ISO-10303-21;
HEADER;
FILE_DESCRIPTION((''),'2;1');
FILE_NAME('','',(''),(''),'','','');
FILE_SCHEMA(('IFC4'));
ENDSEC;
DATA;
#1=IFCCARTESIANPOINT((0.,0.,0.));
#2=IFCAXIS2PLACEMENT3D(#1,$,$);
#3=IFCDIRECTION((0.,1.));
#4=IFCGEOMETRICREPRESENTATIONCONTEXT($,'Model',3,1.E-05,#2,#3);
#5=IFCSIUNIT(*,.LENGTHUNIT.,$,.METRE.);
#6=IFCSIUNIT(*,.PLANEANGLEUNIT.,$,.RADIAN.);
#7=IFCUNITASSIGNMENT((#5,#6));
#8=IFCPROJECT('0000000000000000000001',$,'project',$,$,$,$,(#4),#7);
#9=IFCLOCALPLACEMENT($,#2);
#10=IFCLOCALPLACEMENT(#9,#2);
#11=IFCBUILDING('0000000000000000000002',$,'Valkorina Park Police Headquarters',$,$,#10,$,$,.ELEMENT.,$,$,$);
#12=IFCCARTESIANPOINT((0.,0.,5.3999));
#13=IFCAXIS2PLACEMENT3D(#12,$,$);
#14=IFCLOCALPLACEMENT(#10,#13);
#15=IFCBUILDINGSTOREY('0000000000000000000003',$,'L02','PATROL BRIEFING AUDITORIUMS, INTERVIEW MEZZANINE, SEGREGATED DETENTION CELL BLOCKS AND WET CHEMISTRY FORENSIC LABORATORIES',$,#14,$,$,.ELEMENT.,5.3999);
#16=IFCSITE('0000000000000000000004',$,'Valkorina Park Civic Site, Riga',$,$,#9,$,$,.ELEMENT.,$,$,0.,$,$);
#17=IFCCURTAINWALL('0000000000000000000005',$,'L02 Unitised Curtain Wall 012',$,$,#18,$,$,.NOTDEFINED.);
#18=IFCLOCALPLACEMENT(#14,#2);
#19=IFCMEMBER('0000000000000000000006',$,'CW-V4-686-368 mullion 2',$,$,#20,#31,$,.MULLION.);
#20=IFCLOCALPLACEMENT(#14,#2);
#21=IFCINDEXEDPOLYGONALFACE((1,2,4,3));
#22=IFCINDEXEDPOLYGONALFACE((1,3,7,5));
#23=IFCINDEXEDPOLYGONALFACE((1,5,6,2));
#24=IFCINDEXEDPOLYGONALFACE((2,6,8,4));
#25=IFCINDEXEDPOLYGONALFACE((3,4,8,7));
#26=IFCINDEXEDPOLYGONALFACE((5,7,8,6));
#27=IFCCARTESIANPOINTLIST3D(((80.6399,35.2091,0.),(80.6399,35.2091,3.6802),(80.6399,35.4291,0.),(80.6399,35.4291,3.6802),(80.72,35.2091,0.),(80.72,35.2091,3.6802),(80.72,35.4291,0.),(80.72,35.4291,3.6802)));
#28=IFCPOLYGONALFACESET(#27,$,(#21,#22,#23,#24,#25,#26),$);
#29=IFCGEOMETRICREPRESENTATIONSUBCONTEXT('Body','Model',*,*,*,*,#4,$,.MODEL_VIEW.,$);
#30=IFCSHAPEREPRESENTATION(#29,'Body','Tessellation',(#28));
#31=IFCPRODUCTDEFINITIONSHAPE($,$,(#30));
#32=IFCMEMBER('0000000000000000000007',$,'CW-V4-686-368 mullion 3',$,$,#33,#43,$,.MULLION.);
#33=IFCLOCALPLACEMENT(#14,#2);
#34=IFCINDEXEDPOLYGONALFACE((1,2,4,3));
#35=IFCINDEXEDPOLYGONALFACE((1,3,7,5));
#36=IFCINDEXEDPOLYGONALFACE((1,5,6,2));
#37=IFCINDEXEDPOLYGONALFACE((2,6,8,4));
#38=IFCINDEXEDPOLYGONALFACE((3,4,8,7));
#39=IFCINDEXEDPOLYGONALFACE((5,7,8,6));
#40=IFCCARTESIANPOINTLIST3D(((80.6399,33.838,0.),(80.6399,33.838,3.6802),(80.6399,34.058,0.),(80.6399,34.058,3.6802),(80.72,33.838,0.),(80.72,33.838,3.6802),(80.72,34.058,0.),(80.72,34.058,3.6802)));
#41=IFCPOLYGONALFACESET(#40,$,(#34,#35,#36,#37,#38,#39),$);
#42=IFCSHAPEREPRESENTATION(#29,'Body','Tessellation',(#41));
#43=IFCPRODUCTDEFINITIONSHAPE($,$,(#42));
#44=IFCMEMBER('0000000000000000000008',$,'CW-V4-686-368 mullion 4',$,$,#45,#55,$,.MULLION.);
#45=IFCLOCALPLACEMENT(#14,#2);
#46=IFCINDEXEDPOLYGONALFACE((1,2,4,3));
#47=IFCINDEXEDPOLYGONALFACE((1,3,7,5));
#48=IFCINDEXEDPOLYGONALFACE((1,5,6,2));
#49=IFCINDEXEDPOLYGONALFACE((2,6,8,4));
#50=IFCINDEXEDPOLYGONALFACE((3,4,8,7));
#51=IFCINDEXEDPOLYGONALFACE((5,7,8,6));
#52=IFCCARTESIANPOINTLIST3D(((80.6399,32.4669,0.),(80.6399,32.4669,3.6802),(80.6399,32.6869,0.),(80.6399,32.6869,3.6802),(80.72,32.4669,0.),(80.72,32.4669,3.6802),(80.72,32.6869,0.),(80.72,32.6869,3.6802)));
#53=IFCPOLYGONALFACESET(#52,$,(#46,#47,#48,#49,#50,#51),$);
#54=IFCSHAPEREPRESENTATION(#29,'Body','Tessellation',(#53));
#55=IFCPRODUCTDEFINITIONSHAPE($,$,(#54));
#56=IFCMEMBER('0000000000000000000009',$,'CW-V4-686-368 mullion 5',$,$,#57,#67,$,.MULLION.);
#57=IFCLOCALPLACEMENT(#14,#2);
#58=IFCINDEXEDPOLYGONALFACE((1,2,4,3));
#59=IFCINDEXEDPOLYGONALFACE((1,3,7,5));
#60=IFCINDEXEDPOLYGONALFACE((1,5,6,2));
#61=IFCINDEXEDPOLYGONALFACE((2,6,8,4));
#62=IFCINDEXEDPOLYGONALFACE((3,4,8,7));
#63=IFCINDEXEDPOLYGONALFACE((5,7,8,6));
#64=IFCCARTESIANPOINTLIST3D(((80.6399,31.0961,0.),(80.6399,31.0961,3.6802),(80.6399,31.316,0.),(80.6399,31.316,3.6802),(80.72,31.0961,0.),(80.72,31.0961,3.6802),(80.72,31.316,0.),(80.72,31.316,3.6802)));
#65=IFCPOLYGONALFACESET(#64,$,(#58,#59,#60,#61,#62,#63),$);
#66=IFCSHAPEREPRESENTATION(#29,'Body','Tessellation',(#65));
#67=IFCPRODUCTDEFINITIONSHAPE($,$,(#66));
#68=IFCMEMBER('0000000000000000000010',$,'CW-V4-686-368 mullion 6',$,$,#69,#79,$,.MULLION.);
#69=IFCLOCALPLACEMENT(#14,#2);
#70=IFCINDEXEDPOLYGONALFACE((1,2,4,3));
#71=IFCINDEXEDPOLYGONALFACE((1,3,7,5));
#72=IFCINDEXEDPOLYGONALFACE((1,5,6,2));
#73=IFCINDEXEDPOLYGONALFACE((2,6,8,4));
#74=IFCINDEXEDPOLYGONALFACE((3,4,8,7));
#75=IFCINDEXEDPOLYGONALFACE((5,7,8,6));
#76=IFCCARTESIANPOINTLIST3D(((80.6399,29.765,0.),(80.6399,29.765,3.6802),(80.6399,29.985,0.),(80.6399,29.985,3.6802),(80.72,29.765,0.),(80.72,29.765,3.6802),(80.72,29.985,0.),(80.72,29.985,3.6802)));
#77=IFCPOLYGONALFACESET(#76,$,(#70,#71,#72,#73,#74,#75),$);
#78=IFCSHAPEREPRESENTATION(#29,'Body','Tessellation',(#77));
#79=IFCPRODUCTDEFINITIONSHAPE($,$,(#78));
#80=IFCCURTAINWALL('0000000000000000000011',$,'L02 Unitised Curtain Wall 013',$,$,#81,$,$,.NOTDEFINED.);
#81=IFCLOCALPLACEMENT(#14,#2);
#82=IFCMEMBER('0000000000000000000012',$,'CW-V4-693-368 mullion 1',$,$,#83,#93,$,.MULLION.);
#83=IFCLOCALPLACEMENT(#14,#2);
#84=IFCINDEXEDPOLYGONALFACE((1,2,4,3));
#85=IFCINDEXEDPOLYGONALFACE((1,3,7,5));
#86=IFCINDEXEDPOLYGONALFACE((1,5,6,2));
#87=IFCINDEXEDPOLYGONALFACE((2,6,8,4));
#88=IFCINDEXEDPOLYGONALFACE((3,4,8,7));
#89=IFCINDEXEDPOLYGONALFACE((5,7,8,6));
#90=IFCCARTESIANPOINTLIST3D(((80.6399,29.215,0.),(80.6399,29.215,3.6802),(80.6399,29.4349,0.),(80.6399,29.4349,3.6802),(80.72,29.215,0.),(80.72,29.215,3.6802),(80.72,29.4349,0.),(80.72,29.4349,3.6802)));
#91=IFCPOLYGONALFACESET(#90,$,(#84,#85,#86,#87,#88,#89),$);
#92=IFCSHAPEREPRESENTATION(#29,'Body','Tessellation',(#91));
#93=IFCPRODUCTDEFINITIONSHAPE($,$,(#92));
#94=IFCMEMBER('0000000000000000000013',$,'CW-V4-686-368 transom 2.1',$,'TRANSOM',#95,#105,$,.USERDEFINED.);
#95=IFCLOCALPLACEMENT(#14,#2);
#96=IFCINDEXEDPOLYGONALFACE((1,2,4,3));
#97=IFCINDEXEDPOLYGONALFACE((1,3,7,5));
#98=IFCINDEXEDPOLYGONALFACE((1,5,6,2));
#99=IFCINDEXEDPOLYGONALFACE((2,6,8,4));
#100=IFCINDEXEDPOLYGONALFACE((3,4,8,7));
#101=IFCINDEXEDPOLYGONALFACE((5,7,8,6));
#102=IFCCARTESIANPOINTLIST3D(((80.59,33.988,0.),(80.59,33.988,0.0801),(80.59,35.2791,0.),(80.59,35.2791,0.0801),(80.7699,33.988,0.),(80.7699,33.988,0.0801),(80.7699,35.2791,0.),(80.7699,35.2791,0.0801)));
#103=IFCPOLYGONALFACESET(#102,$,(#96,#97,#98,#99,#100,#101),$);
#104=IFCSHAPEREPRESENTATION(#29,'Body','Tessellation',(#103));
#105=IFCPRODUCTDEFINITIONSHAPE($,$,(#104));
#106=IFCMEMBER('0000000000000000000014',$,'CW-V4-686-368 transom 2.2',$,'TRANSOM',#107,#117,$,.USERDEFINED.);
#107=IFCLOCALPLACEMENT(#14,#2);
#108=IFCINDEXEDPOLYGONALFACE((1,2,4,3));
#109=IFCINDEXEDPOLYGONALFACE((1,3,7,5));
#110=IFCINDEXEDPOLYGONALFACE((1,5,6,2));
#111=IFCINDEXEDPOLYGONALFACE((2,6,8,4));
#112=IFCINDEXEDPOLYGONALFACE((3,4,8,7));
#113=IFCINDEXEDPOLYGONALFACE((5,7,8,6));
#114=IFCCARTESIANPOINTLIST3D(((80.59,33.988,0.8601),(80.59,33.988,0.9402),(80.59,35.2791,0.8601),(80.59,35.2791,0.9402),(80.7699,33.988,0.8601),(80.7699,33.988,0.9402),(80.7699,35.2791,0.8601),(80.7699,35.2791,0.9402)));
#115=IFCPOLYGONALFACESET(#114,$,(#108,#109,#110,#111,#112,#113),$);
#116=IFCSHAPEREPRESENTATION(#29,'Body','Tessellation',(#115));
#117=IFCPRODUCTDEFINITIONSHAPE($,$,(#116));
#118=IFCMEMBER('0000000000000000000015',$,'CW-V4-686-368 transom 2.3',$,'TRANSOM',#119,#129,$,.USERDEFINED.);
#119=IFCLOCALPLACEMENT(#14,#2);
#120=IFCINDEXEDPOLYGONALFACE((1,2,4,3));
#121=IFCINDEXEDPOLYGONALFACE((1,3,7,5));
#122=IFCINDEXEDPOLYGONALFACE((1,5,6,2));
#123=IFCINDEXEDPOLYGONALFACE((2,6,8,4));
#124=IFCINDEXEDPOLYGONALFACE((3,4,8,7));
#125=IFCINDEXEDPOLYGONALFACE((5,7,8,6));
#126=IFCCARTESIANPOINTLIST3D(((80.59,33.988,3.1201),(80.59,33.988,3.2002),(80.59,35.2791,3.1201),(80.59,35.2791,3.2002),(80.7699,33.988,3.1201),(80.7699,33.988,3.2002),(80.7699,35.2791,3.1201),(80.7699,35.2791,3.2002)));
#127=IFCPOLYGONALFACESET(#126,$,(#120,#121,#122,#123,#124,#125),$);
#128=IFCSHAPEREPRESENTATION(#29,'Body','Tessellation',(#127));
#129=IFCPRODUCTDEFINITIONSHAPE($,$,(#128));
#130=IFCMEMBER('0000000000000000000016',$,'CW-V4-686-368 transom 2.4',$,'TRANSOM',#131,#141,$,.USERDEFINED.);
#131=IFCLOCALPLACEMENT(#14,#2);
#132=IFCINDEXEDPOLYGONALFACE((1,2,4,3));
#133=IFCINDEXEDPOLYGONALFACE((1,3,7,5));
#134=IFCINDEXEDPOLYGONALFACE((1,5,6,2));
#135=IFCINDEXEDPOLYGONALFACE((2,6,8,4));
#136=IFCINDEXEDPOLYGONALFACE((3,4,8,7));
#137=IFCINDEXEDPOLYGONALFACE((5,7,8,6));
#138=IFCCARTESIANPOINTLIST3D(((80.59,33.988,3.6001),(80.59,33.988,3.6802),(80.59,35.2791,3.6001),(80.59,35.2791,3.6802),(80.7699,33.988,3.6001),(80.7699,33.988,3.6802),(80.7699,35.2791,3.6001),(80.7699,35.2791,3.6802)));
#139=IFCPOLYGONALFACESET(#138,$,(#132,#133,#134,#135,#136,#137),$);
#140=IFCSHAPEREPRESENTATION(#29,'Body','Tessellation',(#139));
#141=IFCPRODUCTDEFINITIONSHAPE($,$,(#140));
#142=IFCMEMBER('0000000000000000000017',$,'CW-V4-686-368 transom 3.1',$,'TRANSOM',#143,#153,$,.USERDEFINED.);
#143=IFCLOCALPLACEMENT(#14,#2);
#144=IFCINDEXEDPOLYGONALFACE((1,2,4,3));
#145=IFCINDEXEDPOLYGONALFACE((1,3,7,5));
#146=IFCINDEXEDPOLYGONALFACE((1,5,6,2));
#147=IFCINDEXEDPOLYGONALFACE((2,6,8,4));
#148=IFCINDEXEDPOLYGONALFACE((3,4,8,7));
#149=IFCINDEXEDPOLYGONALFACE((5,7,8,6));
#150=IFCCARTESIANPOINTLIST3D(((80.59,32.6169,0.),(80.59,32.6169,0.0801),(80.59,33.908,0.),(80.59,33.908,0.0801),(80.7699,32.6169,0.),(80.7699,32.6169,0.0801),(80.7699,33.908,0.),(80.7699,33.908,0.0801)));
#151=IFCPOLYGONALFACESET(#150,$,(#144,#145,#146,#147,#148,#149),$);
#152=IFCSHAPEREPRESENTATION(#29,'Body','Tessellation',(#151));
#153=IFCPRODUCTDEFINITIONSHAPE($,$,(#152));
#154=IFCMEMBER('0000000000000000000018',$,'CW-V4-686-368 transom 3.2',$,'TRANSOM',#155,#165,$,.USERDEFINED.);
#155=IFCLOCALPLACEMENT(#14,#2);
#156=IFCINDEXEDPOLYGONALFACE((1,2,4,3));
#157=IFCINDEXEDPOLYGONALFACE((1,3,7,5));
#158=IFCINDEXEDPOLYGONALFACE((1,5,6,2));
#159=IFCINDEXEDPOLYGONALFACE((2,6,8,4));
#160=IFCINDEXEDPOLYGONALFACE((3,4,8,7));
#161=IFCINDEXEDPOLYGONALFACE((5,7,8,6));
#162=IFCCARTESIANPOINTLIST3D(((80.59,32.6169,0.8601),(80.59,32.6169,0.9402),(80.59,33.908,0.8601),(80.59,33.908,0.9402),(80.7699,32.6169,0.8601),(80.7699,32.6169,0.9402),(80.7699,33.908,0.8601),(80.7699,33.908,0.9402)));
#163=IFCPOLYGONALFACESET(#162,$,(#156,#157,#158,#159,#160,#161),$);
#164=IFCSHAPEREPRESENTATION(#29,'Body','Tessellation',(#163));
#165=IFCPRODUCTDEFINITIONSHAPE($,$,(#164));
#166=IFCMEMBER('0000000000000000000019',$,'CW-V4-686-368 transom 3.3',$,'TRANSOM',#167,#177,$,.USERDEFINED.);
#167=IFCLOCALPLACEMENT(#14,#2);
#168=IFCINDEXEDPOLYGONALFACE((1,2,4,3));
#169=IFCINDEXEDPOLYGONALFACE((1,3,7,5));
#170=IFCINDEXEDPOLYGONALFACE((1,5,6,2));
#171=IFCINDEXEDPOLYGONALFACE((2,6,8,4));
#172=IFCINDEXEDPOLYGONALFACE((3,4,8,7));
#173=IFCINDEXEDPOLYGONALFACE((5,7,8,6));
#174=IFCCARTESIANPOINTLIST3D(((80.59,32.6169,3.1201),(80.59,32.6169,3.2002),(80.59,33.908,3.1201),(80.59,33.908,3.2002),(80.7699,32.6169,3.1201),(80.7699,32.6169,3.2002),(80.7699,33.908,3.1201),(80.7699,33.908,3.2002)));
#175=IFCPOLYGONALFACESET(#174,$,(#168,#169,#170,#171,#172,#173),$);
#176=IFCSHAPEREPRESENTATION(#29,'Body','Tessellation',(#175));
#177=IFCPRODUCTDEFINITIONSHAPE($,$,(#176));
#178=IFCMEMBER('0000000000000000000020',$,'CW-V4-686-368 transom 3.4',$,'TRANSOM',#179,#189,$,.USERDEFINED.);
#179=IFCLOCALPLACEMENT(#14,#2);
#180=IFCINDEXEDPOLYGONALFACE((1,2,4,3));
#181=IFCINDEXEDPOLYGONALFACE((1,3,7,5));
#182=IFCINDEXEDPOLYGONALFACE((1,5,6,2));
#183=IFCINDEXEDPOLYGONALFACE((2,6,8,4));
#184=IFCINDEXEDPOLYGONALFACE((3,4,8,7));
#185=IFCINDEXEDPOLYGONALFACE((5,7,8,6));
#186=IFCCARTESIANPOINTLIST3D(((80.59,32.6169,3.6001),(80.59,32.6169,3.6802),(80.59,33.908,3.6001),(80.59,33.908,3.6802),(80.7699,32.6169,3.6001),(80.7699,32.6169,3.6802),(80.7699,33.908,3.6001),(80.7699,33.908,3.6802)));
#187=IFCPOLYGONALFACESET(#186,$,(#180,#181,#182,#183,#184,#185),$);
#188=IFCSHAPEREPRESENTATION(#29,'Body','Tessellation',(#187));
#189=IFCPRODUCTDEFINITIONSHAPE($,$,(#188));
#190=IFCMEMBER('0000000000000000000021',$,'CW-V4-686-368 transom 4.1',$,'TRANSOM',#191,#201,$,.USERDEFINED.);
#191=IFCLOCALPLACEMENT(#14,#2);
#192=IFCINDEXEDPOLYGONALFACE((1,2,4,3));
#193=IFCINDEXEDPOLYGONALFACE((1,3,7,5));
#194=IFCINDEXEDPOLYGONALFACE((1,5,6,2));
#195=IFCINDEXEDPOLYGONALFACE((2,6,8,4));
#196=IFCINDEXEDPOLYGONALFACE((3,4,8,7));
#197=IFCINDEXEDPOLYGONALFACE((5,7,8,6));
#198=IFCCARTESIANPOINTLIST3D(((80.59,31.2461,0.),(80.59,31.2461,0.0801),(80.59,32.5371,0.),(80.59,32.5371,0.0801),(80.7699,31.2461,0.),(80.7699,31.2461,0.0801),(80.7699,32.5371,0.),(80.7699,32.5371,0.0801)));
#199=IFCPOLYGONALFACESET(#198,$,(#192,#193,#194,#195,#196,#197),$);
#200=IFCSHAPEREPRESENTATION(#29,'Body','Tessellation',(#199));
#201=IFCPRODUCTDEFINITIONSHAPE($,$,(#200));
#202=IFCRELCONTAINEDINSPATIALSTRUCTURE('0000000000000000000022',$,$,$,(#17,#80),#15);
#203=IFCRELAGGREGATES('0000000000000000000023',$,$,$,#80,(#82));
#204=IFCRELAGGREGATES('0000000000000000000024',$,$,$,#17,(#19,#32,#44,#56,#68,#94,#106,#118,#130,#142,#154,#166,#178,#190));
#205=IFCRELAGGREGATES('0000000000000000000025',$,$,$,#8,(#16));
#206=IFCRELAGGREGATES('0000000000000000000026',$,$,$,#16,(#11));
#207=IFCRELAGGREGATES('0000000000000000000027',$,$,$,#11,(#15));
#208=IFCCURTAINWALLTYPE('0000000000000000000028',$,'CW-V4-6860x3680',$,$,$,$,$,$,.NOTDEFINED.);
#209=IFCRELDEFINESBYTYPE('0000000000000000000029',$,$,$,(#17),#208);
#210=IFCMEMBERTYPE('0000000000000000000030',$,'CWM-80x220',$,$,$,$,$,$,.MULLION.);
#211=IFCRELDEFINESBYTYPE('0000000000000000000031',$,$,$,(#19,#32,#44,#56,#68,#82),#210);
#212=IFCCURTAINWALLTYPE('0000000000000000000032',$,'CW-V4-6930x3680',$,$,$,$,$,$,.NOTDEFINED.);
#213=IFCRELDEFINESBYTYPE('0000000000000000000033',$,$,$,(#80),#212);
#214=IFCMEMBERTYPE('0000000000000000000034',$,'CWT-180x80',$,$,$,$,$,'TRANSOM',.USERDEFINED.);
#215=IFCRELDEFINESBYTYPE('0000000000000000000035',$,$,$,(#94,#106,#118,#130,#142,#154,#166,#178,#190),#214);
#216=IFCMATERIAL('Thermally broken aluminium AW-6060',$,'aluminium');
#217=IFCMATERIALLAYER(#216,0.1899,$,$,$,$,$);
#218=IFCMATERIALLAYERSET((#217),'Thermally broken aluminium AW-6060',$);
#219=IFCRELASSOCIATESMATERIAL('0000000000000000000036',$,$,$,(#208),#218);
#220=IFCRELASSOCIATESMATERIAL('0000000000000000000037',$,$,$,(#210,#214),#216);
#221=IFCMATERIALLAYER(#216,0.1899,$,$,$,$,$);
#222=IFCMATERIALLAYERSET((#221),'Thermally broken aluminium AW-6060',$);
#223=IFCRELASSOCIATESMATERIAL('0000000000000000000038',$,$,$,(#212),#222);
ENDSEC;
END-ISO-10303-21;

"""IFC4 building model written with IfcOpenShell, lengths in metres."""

from ifc_helpers import new_model, si_unit, direction, frame, origin, origin_2d, place, context, subcontext, project, spatial, rectangle, extrude, material, layer, layer_set, material_profile, profile_set, type_object, element, aggregate, save


model = new_model("IFC4")

# Units and contexts
model_context = context("Model", 3, precision=1e-05, world=origin(), true_north=direction((0.0, 1.0)))
body_context = subcontext(model_context, "Body", "Model", "MODEL_VIEW")
ifc_project = project(units=[si_unit("LENGTHUNIT", "METRE"), si_unit("PLANEANGLEUNIT", "RADIAN")], contexts=[model_context])

# Site, building, storey
site_placement = place(None, origin())
site = spatial("IfcSite", under=ifc_project, at=site_placement, Name="Valkorina Park Civic Site, Riga", CompositionType="ELEMENT", RefElevation=0.0)
building_placement = place(site_placement, origin())
building = spatial("IfcBuilding", under=site, at=building_placement, Name="Valkorina Park Police Headquarters", CompositionType="ELEMENT")
storey_placement = place(building_placement, frame((0.0, 0.0, 5.3999)))
storey = spatial("IfcBuildingStorey", under=building, at=storey_placement, Name="L02", Description="PATROL BRIEFING AUDITORIUMS, INTERVIEW MEZZANINE, SEGREGATED DETENTION CELL BLOCKS AND WET CHEMISTRY FORENSIC LABORATORIES", CompositionType="ELEMENT", Elevation=5.3999)

# Curtain wall, members
ifc_material_1 = material(Name="Thermally broken aluminium AW-6060", Category="aluminium")
ifc_layer_1 = layer(ifc_material_1, 0.1899)
ifc_layer_set_1 = layer_set([ifc_layer_1], Name="Thermally broken aluminium AW-6060")
curtain_wall_type_1 = type_object("IfcCurtainWallType", Name="CW-V4-6860x3680", PredefinedType="NOTDEFINED", material=ifc_layer_set_1)
curtain_wall_1_placement = place(storey_placement, origin())
curtain_wall_1 = element("IfcCurtainWall", 1, at=curtain_wall_1_placement, inside=storey, type_object=curtain_wall_type_1, Name="L02 Unitised Curtain Wall 012", PredefinedType="NOTDEFINED")
ifc_material_profile_1 = material_profile(ifc_material_1, rectangle(XDim=0.0801, YDim=0.22, at=origin_2d()), Name="CWM-03 80x220")
ifc_profile_set_1 = profile_set([ifc_material_profile_1], Name="Thermally broken aluminium AW-6060")
member_type_1 = type_object("IfcMemberType", Name="CWM-80x220", PredefinedType="MULLION", material=ifc_profile_set_1)
member_1_placement = place(storey_placement, frame((80.6799, 35.3191, 0.0), z_axis=(0.0, 0.0, 1.0), x_axis=(1.0, 0.0, 0.0)))
member_1 = element("IfcMember", 2, at=member_1_placement, type_object=member_type_1, Name="CW-V4-686-368 mullion 2", PredefinedType="MULLION", context=body_context, shape_type="SweptSolid", body=[
    extrude(rectangle(XDim=0.0801, YDim=0.22, at=origin_2d()), origin(), (0.0, 0.0, 1.0), 3.6802),
])
member_2_placement = place(storey_placement, frame((80.6799, 33.948, 0.0), z_axis=(0.0, 0.0, 1.0), x_axis=(1.0, 0.0, 0.0)))
member_2 = element("IfcMember", 3, at=member_2_placement, type_object=member_type_1, Name="CW-V4-686-368 mullion 3", PredefinedType="MULLION", context=body_context, shape_type="SweptSolid", body=[
    extrude(rectangle(XDim=0.0801, YDim=0.22, at=origin_2d()), origin(), (0.0, 0.0, 1.0), 3.6802),
])
member_3_placement = place(storey_placement, frame((80.6799, 32.5769, 0.0), z_axis=(0.0, 0.0, 1.0), x_axis=(1.0, 0.0, 0.0)))
member_3 = element("IfcMember", 4, at=member_3_placement, type_object=member_type_1, Name="CW-V4-686-368 mullion 4", PredefinedType="MULLION", context=body_context, shape_type="SweptSolid", body=[
    extrude(rectangle(XDim=0.0801, YDim=0.22, at=origin_2d()), origin(), (0.0, 0.0, 1.0), 3.6802),
])
member_4_placement = place(storey_placement, frame((80.6799, 31.2061, 0.0), z_axis=(0.0, 0.0, 1.0), x_axis=(1.0, 0.0, 0.0)))
member_4 = element("IfcMember", 5, at=member_4_placement, type_object=member_type_1, Name="CW-V4-686-368 mullion 5", PredefinedType="MULLION", context=body_context, shape_type="SweptSolid", body=[
    extrude(rectangle(XDim=0.0801, YDim=0.22, at=origin_2d()), origin(), (0.0, 0.0, 1.0), 3.6802),
])
member_5_placement = place(storey_placement, frame((80.6799, 29.875, 0.0), z_axis=(0.0, 0.0, 1.0), x_axis=(1.0, 0.0, 0.0)))
member_5 = element("IfcMember", 6, at=member_5_placement, type_object=member_type_1, Name="CW-V4-686-368 mullion 6", PredefinedType="MULLION", context=body_context, shape_type="SweptSolid", body=[
    extrude(rectangle(XDim=0.0801, YDim=0.22, at=origin_2d()), origin(), (0.0, 0.0, 1.0), 3.6802),
])

# Curtain wall, member
ifc_layer_2 = layer(ifc_material_1, 0.1899)
ifc_layer_set_2 = layer_set([ifc_layer_2], Name="Thermally broken aluminium AW-6060")
curtain_wall_type_2 = type_object("IfcCurtainWallType", Name="CW-V4-6930x3680", PredefinedType="NOTDEFINED", material=ifc_layer_set_2)
curtain_wall_2_placement = place(storey_placement, origin())
curtain_wall_2 = element("IfcCurtainWall", 7, at=curtain_wall_2_placement, inside=storey, type_object=curtain_wall_type_2, Name="L02 Unitised Curtain Wall 013", PredefinedType="NOTDEFINED")
member_6_placement = place(storey_placement, frame((80.6799, 29.325, 0.0), z_axis=(0.0, 0.0, 1.0), x_axis=(1.0, 0.0, 0.0)))
member_6 = element("IfcMember", 8, at=member_6_placement, type_object=member_type_1, Name="CW-V4-693-368 mullion 1", PredefinedType="MULLION", context=body_context, shape_type="SweptSolid", body=[
    extrude(rectangle(XDim=0.0801, YDim=0.22, at=origin_2d()), origin(), (0.0, 0.0, 1.0), 3.6802),
])

# Members
ifc_material_profile_2 = material_profile(ifc_material_1, rectangle(XDim=0.1799, YDim=0.0801, at=origin_2d()), Name="CWT-03 180x80")
ifc_profile_set_2 = profile_set([ifc_material_profile_2], Name="Thermally broken aluminium AW-6060")
member_type_2 = type_object("IfcMemberType", Name="CWT-180x80", ElementType="TRANSOM", PredefinedType="USERDEFINED", material=ifc_profile_set_2)
member_7_placement = place(storey_placement, frame((80.6799, 35.2791, 0.04), z_axis=(0.0, -1.0, 0.0), x_axis=(1.0, 0.0, 0.0)))
member_7 = element("IfcMember", 9, at=member_7_placement, type_object=member_type_2, Name="CW-V4-686-368 transom 2.1", ObjectType="TRANSOM", PredefinedType="USERDEFINED", context=body_context, shape_type="SweptSolid", body=[
    extrude(rectangle(XDim=0.1799, YDim=0.0801, at=origin_2d()), origin(), (0.0, 0.0, 1.0), 1.291),
])
member_8_placement = place(storey_placement, frame((80.6799, 35.2791, 0.9001), z_axis=(0.0, -1.0, 0.0), x_axis=(1.0, 0.0, 0.0)))
member_8 = element("IfcMember", 10, at=member_8_placement, type_object=member_type_2, Name="CW-V4-686-368 transom 2.2", ObjectType="TRANSOM", PredefinedType="USERDEFINED", context=body_context, shape_type="SweptSolid", body=[
    extrude(rectangle(XDim=0.1799, YDim=0.0801, at=origin_2d()), origin(), (0.0, 0.0, 1.0), 1.291),
])
member_9_placement = place(storey_placement, frame((80.6799, 35.2791, 3.1602), z_axis=(0.0, -1.0, 0.0), x_axis=(1.0, 0.0, 0.0)))
member_9 = element("IfcMember", 11, at=member_9_placement, type_object=member_type_2, Name="CW-V4-686-368 transom 2.3", ObjectType="TRANSOM", PredefinedType="USERDEFINED", context=body_context, shape_type="SweptSolid", body=[
    extrude(rectangle(XDim=0.1799, YDim=0.0801, at=origin_2d()), origin(), (0.0, 0.0, 1.0), 1.291),
])
member_10_placement = place(storey_placement, frame((80.6799, 35.2791, 3.6401), z_axis=(0.0, -1.0, 0.0), x_axis=(1.0, 0.0, 0.0)))
member_10 = element("IfcMember", 12, at=member_10_placement, type_object=member_type_2, Name="CW-V4-686-368 transom 2.4", ObjectType="TRANSOM", PredefinedType="USERDEFINED", context=body_context, shape_type="SweptSolid", body=[
    extrude(rectangle(XDim=0.1799, YDim=0.0801, at=origin_2d()), origin(), (0.0, 0.0, 1.0), 1.291),
])
member_11_placement = place(storey_placement, frame((80.6799, 33.908, 0.04), z_axis=(0.0, -1.0, 0.0), x_axis=(1.0, 0.0, 0.0)))
member_11 = element("IfcMember", 13, at=member_11_placement, type_object=member_type_2, Name="CW-V4-686-368 transom 3.1", ObjectType="TRANSOM", PredefinedType="USERDEFINED", context=body_context, shape_type="SweptSolid", body=[
    extrude(rectangle(XDim=0.1799, YDim=0.0801, at=origin_2d()), origin(), (0.0, 0.0, 1.0), 1.291),
])
member_12_placement = place(storey_placement, frame((80.6799, 33.908, 0.9001), z_axis=(0.0, -1.0, 0.0), x_axis=(1.0, 0.0, 0.0)))
member_12 = element("IfcMember", 14, at=member_12_placement, type_object=member_type_2, Name="CW-V4-686-368 transom 3.2", ObjectType="TRANSOM", PredefinedType="USERDEFINED", context=body_context, shape_type="SweptSolid", body=[
    extrude(rectangle(XDim=0.1799, YDim=0.0801, at=origin_2d()), origin(), (0.0, 0.0, 1.0), 1.291),
])
member_13_placement = place(storey_placement, frame((80.6799, 33.908, 3.1602), z_axis=(0.0, -1.0, 0.0), x_axis=(1.0, 0.0, 0.0)))
member_13 = element("IfcMember", 15, at=member_13_placement, type_object=member_type_2, Name="CW-V4-686-368 transom 3.3", ObjectType="TRANSOM", PredefinedType="USERDEFINED", context=body_context, shape_type="SweptSolid", body=[
    extrude(rectangle(XDim=0.1799, YDim=0.0801, at=origin_2d()), origin(), (0.0, 0.0, 1.0), 1.291),
])
member_14_placement = place(storey_placement, frame((80.6799, 33.908, 3.6401), z_axis=(0.0, -1.0, 0.0), x_axis=(1.0, 0.0, 0.0)))
member_14 = element("IfcMember", 16, at=member_14_placement, type_object=member_type_2, Name="CW-V4-686-368 transom 3.4", ObjectType="TRANSOM", PredefinedType="USERDEFINED", context=body_context, shape_type="SweptSolid", body=[
    extrude(rectangle(XDim=0.1799, YDim=0.0801, at=origin_2d()), origin(), (0.0, 0.0, 1.0), 1.291),
])
member_15_placement = place(storey_placement, frame((80.6799, 32.5371, 0.04), z_axis=(0.0, -1.0, 0.0), x_axis=(1.0, 0.0, 0.0)))
member_15 = element("IfcMember", 17, at=member_15_placement, type_object=member_type_2, Name="CW-V4-686-368 transom 4.1", ObjectType="TRANSOM", PredefinedType="USERDEFINED", context=body_context, shape_type="SweptSolid", body=[
    extrude(rectangle(XDim=0.1799, YDim=0.0801, at=origin_2d()), origin(), (0.0, 0.0, 1.0), 1.291),
])
aggregate(curtain_wall_2, [member_6])

aggregate(curtain_wall_1, [member_1, member_2, member_3, member_4, member_5, member_7, member_8, member_9, member_10, member_11, member_12, member_13, member_14, member_15])

save(model, "model.ifc")
